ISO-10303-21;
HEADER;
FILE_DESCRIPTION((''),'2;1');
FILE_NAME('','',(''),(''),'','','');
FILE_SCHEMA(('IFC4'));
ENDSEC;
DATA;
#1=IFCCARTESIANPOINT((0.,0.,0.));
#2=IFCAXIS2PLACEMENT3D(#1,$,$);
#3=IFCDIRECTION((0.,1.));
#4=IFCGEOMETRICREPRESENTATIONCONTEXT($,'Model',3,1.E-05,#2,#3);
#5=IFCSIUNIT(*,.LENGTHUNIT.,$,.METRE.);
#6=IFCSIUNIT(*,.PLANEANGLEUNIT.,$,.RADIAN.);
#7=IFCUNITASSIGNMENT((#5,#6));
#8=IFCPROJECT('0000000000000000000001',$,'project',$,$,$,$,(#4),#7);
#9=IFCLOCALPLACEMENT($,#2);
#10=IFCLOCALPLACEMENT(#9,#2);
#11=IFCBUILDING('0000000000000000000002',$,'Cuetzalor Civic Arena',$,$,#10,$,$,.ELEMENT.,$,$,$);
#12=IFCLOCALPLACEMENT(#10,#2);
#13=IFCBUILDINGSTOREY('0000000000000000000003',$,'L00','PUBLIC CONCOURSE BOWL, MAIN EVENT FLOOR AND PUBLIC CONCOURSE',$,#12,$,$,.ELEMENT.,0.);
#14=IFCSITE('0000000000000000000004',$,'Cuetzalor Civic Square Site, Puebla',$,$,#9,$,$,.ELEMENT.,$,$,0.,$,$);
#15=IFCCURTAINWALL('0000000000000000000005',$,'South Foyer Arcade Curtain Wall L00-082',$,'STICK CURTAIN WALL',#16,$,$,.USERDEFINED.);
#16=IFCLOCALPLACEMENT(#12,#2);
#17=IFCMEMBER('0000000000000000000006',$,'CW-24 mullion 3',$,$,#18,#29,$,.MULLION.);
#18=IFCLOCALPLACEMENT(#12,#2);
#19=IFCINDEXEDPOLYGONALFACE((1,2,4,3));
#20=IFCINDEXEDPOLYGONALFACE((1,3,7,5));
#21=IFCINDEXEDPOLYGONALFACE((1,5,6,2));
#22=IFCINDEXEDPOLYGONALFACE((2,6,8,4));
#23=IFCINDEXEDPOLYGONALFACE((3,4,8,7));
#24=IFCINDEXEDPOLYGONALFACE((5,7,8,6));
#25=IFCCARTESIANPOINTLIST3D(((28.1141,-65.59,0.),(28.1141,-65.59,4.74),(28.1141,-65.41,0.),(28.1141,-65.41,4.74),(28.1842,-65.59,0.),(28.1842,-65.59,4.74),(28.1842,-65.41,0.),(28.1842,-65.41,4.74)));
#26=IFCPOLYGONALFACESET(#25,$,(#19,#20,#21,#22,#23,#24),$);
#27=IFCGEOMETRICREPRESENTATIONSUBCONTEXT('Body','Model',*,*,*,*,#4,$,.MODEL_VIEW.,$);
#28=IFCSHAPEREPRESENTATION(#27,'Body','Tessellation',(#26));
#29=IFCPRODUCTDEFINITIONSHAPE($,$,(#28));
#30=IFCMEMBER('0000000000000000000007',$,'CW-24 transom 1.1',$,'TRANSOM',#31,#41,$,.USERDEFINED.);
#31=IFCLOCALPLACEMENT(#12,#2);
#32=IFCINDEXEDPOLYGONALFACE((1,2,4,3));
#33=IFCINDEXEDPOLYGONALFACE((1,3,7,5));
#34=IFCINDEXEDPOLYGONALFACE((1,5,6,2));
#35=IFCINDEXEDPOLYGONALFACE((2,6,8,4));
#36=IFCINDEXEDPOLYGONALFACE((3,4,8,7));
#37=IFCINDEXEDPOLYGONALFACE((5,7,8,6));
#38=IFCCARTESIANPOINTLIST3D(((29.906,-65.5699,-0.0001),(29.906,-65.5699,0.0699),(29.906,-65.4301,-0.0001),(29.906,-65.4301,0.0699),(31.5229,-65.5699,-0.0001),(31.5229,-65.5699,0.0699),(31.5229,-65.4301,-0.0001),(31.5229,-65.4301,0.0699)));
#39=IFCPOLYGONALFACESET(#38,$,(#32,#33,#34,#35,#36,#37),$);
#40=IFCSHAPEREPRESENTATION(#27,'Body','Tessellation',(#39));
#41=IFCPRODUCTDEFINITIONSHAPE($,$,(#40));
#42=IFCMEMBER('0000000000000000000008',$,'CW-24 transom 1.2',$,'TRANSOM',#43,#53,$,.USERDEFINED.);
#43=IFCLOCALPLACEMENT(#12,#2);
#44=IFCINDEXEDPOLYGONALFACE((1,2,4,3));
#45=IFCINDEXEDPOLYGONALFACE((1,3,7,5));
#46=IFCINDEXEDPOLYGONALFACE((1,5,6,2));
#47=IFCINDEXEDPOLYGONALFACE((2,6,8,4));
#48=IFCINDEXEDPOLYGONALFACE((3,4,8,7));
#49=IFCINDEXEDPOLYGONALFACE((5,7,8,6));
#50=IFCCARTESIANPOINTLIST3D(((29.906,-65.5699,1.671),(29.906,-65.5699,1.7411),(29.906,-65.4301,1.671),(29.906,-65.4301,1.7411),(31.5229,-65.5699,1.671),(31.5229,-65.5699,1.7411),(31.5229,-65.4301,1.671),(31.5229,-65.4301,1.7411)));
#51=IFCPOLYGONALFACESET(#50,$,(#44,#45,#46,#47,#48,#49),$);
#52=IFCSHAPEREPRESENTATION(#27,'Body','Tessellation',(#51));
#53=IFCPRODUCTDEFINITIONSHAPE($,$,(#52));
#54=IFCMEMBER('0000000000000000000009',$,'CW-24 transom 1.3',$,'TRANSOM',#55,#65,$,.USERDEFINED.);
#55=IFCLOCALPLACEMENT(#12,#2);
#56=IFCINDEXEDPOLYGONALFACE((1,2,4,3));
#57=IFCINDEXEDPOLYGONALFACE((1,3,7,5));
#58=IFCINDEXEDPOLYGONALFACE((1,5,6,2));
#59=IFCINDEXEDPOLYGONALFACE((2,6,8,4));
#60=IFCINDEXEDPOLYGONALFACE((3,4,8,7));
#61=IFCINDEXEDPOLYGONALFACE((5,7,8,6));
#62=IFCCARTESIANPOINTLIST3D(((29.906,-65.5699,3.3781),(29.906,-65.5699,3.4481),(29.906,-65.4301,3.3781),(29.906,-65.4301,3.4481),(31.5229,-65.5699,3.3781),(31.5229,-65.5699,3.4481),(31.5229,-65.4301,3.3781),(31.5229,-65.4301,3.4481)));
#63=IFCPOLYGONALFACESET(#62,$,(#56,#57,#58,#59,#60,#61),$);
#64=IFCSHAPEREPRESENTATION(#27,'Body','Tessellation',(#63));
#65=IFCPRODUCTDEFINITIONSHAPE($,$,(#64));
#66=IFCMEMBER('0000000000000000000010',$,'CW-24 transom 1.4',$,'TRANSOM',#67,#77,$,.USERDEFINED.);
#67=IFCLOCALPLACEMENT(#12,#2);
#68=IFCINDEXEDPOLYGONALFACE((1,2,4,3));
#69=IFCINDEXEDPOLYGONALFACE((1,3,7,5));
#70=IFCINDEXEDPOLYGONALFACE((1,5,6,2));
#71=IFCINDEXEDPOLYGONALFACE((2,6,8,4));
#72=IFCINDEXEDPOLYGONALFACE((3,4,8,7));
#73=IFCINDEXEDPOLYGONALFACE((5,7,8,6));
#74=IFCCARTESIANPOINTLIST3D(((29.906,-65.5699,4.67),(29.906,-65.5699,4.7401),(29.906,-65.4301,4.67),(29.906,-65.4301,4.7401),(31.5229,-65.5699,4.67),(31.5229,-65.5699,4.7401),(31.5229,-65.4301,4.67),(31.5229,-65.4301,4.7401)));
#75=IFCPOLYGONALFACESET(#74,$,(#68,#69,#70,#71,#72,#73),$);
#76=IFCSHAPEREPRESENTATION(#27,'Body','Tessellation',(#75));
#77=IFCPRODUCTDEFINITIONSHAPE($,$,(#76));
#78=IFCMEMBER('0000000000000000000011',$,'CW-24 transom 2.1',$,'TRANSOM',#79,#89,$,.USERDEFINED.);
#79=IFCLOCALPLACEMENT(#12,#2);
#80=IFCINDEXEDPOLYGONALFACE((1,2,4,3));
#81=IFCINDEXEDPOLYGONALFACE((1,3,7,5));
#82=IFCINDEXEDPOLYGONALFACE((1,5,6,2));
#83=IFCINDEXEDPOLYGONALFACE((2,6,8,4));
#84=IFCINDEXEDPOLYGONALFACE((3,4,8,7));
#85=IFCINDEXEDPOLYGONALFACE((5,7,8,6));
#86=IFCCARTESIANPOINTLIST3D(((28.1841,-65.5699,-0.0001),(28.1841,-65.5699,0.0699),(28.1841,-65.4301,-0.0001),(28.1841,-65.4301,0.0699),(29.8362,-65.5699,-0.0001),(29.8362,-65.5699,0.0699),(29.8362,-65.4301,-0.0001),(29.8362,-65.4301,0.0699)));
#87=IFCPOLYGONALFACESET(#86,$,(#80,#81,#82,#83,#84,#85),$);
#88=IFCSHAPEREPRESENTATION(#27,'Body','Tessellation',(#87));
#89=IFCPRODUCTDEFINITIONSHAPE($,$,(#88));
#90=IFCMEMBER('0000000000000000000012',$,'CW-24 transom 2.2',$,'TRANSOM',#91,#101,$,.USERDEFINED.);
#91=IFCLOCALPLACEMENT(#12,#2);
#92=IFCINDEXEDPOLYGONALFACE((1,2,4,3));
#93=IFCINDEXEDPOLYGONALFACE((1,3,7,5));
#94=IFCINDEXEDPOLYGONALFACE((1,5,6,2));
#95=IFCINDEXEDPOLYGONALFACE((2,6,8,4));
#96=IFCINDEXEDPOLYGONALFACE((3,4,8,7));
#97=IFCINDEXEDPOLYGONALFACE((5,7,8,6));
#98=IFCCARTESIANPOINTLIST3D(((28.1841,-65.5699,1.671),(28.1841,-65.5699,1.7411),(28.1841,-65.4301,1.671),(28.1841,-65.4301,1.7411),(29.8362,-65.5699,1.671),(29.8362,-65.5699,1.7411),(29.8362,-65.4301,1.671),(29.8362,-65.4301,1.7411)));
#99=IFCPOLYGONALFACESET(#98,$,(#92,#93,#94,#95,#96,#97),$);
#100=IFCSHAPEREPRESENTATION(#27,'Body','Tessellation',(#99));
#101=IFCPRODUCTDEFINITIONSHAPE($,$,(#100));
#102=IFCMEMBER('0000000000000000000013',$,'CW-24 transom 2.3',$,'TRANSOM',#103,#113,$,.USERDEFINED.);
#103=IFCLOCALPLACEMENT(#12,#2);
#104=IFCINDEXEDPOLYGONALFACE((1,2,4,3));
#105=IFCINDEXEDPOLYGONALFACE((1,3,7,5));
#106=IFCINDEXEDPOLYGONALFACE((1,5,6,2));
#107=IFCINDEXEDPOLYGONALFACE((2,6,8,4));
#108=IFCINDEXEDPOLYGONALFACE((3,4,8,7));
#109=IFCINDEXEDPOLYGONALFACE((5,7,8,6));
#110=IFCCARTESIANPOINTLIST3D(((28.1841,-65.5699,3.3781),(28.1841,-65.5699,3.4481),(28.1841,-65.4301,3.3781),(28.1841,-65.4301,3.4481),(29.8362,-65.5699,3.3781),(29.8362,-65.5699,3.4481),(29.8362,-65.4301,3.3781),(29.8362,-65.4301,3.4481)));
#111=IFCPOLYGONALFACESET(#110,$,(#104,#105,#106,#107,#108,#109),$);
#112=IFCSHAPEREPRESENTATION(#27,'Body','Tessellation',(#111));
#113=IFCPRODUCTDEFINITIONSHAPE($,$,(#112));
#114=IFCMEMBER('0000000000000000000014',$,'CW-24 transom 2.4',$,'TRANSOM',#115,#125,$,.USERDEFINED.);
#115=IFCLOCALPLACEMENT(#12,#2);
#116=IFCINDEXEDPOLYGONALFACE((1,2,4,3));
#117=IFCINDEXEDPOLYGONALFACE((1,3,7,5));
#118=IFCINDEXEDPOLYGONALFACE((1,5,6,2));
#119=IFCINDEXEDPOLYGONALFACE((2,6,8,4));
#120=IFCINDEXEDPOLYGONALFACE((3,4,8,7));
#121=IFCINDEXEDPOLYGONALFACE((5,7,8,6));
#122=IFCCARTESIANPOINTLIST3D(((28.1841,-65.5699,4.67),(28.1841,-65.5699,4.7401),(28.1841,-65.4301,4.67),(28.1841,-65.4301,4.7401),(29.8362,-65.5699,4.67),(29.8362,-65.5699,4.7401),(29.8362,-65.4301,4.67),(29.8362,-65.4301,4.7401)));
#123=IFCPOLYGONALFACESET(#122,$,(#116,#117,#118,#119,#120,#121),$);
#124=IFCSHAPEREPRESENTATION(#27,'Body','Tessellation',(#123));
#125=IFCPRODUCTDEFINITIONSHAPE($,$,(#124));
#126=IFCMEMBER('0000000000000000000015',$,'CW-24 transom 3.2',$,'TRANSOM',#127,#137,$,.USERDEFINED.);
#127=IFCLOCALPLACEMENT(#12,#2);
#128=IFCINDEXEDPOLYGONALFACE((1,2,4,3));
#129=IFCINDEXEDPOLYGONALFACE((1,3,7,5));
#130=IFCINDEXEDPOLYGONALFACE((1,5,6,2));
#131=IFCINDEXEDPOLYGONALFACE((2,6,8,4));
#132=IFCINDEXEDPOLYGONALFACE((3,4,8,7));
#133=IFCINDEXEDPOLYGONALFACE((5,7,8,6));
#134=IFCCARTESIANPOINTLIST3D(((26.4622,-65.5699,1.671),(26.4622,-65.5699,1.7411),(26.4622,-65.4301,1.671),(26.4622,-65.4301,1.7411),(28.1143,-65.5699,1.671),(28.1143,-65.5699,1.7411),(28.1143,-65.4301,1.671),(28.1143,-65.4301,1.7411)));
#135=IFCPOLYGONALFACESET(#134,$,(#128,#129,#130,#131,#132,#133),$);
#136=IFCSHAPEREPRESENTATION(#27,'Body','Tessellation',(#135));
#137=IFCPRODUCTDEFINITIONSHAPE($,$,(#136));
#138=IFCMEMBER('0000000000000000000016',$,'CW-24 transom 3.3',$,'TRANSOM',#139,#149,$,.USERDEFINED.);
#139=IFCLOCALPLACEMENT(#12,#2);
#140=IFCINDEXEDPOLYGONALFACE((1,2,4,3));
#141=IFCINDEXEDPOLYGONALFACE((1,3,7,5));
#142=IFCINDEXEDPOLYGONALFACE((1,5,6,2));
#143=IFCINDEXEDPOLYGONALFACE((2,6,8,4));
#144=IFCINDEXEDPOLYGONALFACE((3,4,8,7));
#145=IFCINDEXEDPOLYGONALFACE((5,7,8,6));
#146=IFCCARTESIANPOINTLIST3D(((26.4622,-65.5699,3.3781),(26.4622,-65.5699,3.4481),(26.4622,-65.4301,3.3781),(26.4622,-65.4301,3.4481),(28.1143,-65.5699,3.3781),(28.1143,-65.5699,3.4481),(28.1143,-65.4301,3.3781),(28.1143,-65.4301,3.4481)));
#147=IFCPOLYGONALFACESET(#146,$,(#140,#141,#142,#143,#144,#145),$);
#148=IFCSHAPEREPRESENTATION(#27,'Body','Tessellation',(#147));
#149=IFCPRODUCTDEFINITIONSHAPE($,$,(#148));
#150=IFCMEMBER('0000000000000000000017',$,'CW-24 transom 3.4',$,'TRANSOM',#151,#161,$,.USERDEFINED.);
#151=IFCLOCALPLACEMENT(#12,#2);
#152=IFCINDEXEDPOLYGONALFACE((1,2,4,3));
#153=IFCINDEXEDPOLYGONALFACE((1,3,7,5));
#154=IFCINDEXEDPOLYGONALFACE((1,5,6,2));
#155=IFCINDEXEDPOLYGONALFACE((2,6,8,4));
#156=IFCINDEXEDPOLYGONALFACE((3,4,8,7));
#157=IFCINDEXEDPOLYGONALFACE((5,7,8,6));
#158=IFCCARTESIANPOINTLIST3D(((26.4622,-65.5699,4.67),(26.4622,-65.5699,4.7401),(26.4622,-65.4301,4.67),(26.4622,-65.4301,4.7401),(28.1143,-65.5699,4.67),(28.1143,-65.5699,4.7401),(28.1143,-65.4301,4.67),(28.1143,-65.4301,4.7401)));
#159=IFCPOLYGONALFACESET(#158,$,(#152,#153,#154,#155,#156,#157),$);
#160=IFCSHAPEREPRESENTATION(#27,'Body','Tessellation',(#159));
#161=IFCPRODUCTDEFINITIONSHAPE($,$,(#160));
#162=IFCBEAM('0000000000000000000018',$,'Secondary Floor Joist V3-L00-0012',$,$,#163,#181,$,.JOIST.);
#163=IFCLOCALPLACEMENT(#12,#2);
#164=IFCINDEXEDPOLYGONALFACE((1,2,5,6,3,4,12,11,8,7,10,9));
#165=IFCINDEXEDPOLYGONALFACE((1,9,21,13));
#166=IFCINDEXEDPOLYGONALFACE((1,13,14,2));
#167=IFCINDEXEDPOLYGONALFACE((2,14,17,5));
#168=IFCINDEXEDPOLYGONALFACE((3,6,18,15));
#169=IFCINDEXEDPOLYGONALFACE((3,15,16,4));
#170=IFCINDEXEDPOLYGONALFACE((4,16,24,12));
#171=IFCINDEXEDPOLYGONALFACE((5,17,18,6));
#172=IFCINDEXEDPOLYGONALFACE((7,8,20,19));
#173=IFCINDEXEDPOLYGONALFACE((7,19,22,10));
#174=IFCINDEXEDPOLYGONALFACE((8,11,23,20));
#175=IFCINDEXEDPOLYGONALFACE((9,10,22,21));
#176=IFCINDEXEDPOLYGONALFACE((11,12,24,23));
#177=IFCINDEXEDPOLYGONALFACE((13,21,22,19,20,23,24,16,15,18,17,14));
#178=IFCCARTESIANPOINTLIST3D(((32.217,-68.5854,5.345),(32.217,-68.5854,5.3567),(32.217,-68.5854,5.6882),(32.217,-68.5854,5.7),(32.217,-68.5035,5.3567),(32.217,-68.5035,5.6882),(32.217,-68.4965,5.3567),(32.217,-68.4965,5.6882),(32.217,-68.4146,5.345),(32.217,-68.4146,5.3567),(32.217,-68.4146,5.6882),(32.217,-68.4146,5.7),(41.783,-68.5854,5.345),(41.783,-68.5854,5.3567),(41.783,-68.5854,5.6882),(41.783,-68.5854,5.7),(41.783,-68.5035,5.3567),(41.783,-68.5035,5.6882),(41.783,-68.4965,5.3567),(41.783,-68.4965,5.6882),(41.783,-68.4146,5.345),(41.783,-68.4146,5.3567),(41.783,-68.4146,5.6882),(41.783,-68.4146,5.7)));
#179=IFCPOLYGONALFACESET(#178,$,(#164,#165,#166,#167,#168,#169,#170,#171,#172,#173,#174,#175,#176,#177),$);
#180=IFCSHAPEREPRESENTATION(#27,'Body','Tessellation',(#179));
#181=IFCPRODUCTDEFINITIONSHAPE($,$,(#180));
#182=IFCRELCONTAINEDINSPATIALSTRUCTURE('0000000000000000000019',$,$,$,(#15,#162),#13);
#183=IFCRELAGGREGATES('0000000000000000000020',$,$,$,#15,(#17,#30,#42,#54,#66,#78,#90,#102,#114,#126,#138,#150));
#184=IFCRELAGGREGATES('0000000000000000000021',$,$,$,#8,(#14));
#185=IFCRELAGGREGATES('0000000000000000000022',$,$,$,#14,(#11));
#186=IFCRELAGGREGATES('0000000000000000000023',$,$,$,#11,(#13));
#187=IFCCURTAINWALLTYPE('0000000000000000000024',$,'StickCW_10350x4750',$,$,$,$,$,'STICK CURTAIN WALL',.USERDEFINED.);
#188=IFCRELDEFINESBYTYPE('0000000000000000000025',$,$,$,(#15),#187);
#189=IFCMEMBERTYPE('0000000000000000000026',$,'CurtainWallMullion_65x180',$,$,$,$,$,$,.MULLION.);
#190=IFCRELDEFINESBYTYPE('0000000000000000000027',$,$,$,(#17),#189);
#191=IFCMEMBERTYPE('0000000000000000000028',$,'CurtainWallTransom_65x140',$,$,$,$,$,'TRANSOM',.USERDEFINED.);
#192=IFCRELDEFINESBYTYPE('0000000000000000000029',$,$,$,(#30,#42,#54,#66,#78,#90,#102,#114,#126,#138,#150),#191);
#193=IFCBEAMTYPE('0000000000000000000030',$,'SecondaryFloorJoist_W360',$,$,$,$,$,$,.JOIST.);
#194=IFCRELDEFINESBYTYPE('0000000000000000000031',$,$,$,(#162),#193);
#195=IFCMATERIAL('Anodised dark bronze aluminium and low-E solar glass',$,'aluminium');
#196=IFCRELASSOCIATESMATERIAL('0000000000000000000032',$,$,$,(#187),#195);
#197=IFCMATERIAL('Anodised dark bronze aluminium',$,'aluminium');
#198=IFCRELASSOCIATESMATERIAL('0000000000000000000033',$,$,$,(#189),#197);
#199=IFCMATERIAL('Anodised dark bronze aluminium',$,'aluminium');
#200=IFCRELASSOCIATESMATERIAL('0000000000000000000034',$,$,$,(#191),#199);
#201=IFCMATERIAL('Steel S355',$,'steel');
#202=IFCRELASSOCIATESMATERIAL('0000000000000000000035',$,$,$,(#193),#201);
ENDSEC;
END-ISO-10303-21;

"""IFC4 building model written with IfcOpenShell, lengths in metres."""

from ifc_helpers import new_model, si_unit, direction, frame, origin, origin_2d, place, context, subcontext, project, spatial, rectangle, i_section, extrude, material, material_profile, profile_set, type_object, element, aggregate, save


model = new_model("IFC4")

# Units and contexts
model_context = context("Model", 3, precision=1e-05, world=origin(), true_north=direction((0.0, 1.0)))
body_context = subcontext(model_context, "Body", "Model", "MODEL_VIEW")
ifc_project = project(units=[si_unit("LENGTHUNIT", "METRE"), si_unit("PLANEANGLEUNIT", "RADIAN")], contexts=[model_context])

# Site, building, storey
site_placement = place(None, origin())
site = spatial("IfcSite", under=ifc_project, at=site_placement, Name="Cuetzalor Civic Square Site, Puebla", CompositionType="ELEMENT", RefElevation=0.0)
building_placement = place(site_placement, origin())
building = spatial("IfcBuilding", under=site, at=building_placement, Name="Cuetzalor Civic Arena", CompositionType="ELEMENT")
storey_placement = place(building_placement, origin())
storey = spatial("IfcBuildingStorey", under=building, at=storey_placement, Name="L00", Description="PUBLIC CONCOURSE BOWL, MAIN EVENT FLOOR AND PUBLIC CONCOURSE", CompositionType="ELEMENT", Elevation=0.0)

# Curtain wall, members
ifc_material_1 = material(Name="Anodised dark bronze aluminium and low-E solar glass", Category="aluminium")
curtain_wall_type = type_object("IfcCurtainWallType", Name="StickCW_10350x4750", ElementType="STICK CURTAIN WALL", PredefinedType="USERDEFINED", material=ifc_material_1)
curtain_wall_placement = place(storey_placement, origin())
curtain_wall = element("IfcCurtainWall", 1, at=curtain_wall_placement, inside=storey, type_object=curtain_wall_type, Name="South Foyer Arcade Curtain Wall L00-082", ObjectType="STICK CURTAIN WALL", PredefinedType="USERDEFINED")
ifc_material_2 = material(Name="Anodised dark bronze aluminium", Category="aluminium")
ifc_material_profile_1 = material_profile(ifc_material_2, rectangle(XDim=0.0701, YDim=0.1799, at=origin_2d()), Name="ALU MULLION 70x180")
ifc_profile_set_1 = profile_set([ifc_material_profile_1], Name="Anodised dark bronze aluminium")
member_type_1 = type_object("IfcMemberType", Name="CurtainWallMullion_65x180", PredefinedType="MULLION", material=ifc_profile_set_1)
member_1_placement = place(storey_placement, frame((28.1492, -65.5, 0.0), z_axis=(0.0, 0.0, 1.0), x_axis=(-1.0, 0.0, 0.0)))
member_1 = element("IfcMember", 2, at=member_1_placement, type_object=member_type_1, Name="CW-24 mullion 3", PredefinedType="MULLION", context=body_context, shape_type="SweptSolid", body=[
    extrude(rectangle(XDim=0.0701, YDim=0.1799, at=origin_2d()), origin(), (0.0, 0.0, 1.0), 4.74),
])
ifc_material_3 = material(Name="Anodised dark bronze aluminium", Category="aluminium")
ifc_material_profile_2 = material_profile(ifc_material_3, rectangle(XDim=0.1399, YDim=0.0701, at=origin_2d()), Name="ALU TRANSOM 70x140")
ifc_profile_set_2 = profile_set([ifc_material_profile_2], Name="Anodised dark bronze aluminium")
member_type_2 = type_object("IfcMemberType", Name="CurtainWallTransom_65x140", ElementType="TRANSOM", PredefinedType="USERDEFINED", material=ifc_profile_set_2)
member_2_placement = place(storey_placement, frame((31.5229, -65.5, 0.0349), z_axis=(-1.0, 0.0, 0.0), x_axis=(0.0, -1.0, 0.0)))
member_2 = element("IfcMember", 3, at=member_2_placement, type_object=member_type_2, Name="CW-24 transom 1.1", ObjectType="TRANSOM", PredefinedType="USERDEFINED", context=body_context, shape_type="SweptSolid", body=[
    extrude(rectangle(XDim=0.1399, YDim=0.0701, at=origin_2d()), origin(), (0.0, 0.0, 1.0), 1.6169),
])
member_3_placement = place(storey_placement, frame((31.5229, -65.5, 1.7061), z_axis=(-1.0, 0.0, 0.0), x_axis=(0.0, -1.0, 0.0)))
member_3 = element("IfcMember", 4, at=member_3_placement, type_object=member_type_2, Name="CW-24 transom 1.2", ObjectType="TRANSOM", PredefinedType="USERDEFINED", context=body_context, shape_type="SweptSolid", body=[
    extrude(rectangle(XDim=0.1399, YDim=0.0701, at=origin_2d()), origin(), (0.0, 0.0, 1.0), 1.6169),
])
member_4_placement = place(storey_placement, frame((31.5229, -65.5, 3.4131), z_axis=(-1.0, 0.0, 0.0), x_axis=(0.0, -1.0, 0.0)))
member_4 = element("IfcMember", 5, at=member_4_placement, type_object=member_type_2, Name="CW-24 transom 1.3", ObjectType="TRANSOM", PredefinedType="USERDEFINED", context=body_context, shape_type="SweptSolid", body=[
    extrude(rectangle(XDim=0.1399, YDim=0.0701, at=origin_2d()), origin(), (0.0, 0.0, 1.0), 1.6169),
])
member_5_placement = place(storey_placement, frame((31.5229, -65.5, 4.7051), z_axis=(-1.0, 0.0, 0.0), x_axis=(0.0, -1.0, 0.0)))
member_5 = element("IfcMember", 6, at=member_5_placement, type_object=member_type_2, Name="CW-24 transom 1.4", ObjectType="TRANSOM", PredefinedType="USERDEFINED", context=body_context, shape_type="SweptSolid", body=[
    extrude(rectangle(XDim=0.1399, YDim=0.0701, at=origin_2d()), origin(), (0.0, 0.0, 1.0), 1.6169),
])
member_6_placement = place(storey_placement, frame((29.8362, -65.5, 0.0349), z_axis=(-1.0, 0.0, 0.0), x_axis=(0.0, -1.0, 0.0)))
member_6 = element("IfcMember", 7, at=member_6_placement, type_object=member_type_2, Name="CW-24 transom 2.1", ObjectType="TRANSOM", PredefinedType="USERDEFINED", context=body_context, shape_type="SweptSolid", body=[
    extrude(rectangle(XDim=0.1399, YDim=0.0701, at=origin_2d()), origin(), (0.0, 0.0, 1.0), 1.6521),
])
member_7_placement = place(storey_placement, frame((29.8362, -65.5, 1.7061), z_axis=(-1.0, 0.0, 0.0), x_axis=(0.0, -1.0, 0.0)))
member_7 = element("IfcMember", 8, at=member_7_placement, type_object=member_type_2, Name="CW-24 transom 2.2", ObjectType="TRANSOM", PredefinedType="USERDEFINED", context=body_context, shape_type="SweptSolid", body=[
    extrude(rectangle(XDim=0.1399, YDim=0.0701, at=origin_2d()), origin(), (0.0, 0.0, 1.0), 1.6521),
])
member_8_placement = place(storey_placement, frame((29.8362, -65.5, 3.4131), z_axis=(-1.0, 0.0, 0.0), x_axis=(0.0, -1.0, 0.0)))
member_8 = element("IfcMember", 9, at=member_8_placement, type_object=member_type_2, Name="CW-24 transom 2.3", ObjectType="TRANSOM", PredefinedType="USERDEFINED", context=body_context, shape_type="SweptSolid", body=[
    extrude(rectangle(XDim=0.1399, YDim=0.0701, at=origin_2d()), origin(), (0.0, 0.0, 1.0), 1.6521),
])
member_9_placement = place(storey_placement, frame((29.8362, -65.5, 4.7051), z_axis=(-1.0, 0.0, 0.0), x_axis=(0.0, -1.0, 0.0)))
member_9 = element("IfcMember", 10, at=member_9_placement, type_object=member_type_2, Name="CW-24 transom 2.4", ObjectType="TRANSOM", PredefinedType="USERDEFINED", context=body_context, shape_type="SweptSolid", body=[
    extrude(rectangle(XDim=0.1399, YDim=0.0701, at=origin_2d()), origin(), (0.0, 0.0, 1.0), 1.6521),
])
member_10_placement = place(storey_placement, frame((28.1143, -65.5, 1.7061), z_axis=(-1.0, 0.0, 0.0), x_axis=(0.0, -1.0, 0.0)))
member_10 = element("IfcMember", 11, at=member_10_placement, type_object=member_type_2, Name="CW-24 transom 3.2", ObjectType="TRANSOM", PredefinedType="USERDEFINED", context=body_context, shape_type="SweptSolid", body=[
    extrude(rectangle(XDim=0.1399, YDim=0.0701, at=origin_2d()), origin(), (0.0, 0.0, 1.0), 1.6521),
])
member_11_placement = place(storey_placement, frame((28.1143, -65.5, 3.4131), z_axis=(-1.0, 0.0, 0.0), x_axis=(0.0, -1.0, 0.0)))
member_11 = element("IfcMember", 12, at=member_11_placement, type_object=member_type_2, Name="CW-24 transom 3.3", ObjectType="TRANSOM", PredefinedType="USERDEFINED", context=body_context, shape_type="SweptSolid", body=[
    extrude(rectangle(XDim=0.1399, YDim=0.0701, at=origin_2d()), origin(), (0.0, 0.0, 1.0), 1.6521),
])
member_12_placement = place(storey_placement, frame((28.1143, -65.5, 4.7051), z_axis=(-1.0, 0.0, 0.0), x_axis=(0.0, -1.0, 0.0)))
member_12 = element("IfcMember", 13, at=member_12_placement, type_object=member_type_2, Name="CW-24 transom 3.4", ObjectType="TRANSOM", PredefinedType="USERDEFINED", context=body_context, shape_type="SweptSolid", body=[
    extrude(rectangle(XDim=0.1399, YDim=0.0701, at=origin_2d()), origin(), (0.0, 0.0, 1.0), 1.6521),
])

# Beam
ifc_material_4 = material(Name="Steel S355", Category="steel")
ifc_material_profile_3 = material_profile(ifc_material_4, i_section(OverallWidth=0.1709, OverallDepth=0.355, WebThickness=0.0071, FlangeThickness=0.0117, at=origin_2d()), Name="W360x51")
ifc_profile_set_3 = profile_set([ifc_material_profile_3], Name="Steel S355")
beam_type_1 = type_object("IfcBeamType", Name="SecondaryFloorJoist_W360", PredefinedType="JOIST", material=ifc_profile_set_3)
beam_1_placement = place(storey_placement, frame((32.217, -68.5, 5.5225), z_axis=(1.0, 0.0, 0.0), x_axis=(0.0, 1.0, 0.0)))
element("IfcBeam", 14, at=beam_1_placement, inside=storey, type_object=beam_type_1, Name="Secondary Floor Joist V3-L00-0012", PredefinedType="JOIST", context=body_context, shape_type="SweptSolid", body=[
    extrude(i_section(OverallWidth=0.1709, OverallDepth=0.355, WebThickness=0.0071, FlangeThickness=0.0117, at=origin_2d()), origin(), (0.0, 0.0, 1.0), 9.5659),
])

aggregate(curtain_wall, [member_1, member_2, member_3, member_4, member_5, member_6, member_7, member_8, member_9, member_10, member_11, member_12])

save(model, "model.ifc")
